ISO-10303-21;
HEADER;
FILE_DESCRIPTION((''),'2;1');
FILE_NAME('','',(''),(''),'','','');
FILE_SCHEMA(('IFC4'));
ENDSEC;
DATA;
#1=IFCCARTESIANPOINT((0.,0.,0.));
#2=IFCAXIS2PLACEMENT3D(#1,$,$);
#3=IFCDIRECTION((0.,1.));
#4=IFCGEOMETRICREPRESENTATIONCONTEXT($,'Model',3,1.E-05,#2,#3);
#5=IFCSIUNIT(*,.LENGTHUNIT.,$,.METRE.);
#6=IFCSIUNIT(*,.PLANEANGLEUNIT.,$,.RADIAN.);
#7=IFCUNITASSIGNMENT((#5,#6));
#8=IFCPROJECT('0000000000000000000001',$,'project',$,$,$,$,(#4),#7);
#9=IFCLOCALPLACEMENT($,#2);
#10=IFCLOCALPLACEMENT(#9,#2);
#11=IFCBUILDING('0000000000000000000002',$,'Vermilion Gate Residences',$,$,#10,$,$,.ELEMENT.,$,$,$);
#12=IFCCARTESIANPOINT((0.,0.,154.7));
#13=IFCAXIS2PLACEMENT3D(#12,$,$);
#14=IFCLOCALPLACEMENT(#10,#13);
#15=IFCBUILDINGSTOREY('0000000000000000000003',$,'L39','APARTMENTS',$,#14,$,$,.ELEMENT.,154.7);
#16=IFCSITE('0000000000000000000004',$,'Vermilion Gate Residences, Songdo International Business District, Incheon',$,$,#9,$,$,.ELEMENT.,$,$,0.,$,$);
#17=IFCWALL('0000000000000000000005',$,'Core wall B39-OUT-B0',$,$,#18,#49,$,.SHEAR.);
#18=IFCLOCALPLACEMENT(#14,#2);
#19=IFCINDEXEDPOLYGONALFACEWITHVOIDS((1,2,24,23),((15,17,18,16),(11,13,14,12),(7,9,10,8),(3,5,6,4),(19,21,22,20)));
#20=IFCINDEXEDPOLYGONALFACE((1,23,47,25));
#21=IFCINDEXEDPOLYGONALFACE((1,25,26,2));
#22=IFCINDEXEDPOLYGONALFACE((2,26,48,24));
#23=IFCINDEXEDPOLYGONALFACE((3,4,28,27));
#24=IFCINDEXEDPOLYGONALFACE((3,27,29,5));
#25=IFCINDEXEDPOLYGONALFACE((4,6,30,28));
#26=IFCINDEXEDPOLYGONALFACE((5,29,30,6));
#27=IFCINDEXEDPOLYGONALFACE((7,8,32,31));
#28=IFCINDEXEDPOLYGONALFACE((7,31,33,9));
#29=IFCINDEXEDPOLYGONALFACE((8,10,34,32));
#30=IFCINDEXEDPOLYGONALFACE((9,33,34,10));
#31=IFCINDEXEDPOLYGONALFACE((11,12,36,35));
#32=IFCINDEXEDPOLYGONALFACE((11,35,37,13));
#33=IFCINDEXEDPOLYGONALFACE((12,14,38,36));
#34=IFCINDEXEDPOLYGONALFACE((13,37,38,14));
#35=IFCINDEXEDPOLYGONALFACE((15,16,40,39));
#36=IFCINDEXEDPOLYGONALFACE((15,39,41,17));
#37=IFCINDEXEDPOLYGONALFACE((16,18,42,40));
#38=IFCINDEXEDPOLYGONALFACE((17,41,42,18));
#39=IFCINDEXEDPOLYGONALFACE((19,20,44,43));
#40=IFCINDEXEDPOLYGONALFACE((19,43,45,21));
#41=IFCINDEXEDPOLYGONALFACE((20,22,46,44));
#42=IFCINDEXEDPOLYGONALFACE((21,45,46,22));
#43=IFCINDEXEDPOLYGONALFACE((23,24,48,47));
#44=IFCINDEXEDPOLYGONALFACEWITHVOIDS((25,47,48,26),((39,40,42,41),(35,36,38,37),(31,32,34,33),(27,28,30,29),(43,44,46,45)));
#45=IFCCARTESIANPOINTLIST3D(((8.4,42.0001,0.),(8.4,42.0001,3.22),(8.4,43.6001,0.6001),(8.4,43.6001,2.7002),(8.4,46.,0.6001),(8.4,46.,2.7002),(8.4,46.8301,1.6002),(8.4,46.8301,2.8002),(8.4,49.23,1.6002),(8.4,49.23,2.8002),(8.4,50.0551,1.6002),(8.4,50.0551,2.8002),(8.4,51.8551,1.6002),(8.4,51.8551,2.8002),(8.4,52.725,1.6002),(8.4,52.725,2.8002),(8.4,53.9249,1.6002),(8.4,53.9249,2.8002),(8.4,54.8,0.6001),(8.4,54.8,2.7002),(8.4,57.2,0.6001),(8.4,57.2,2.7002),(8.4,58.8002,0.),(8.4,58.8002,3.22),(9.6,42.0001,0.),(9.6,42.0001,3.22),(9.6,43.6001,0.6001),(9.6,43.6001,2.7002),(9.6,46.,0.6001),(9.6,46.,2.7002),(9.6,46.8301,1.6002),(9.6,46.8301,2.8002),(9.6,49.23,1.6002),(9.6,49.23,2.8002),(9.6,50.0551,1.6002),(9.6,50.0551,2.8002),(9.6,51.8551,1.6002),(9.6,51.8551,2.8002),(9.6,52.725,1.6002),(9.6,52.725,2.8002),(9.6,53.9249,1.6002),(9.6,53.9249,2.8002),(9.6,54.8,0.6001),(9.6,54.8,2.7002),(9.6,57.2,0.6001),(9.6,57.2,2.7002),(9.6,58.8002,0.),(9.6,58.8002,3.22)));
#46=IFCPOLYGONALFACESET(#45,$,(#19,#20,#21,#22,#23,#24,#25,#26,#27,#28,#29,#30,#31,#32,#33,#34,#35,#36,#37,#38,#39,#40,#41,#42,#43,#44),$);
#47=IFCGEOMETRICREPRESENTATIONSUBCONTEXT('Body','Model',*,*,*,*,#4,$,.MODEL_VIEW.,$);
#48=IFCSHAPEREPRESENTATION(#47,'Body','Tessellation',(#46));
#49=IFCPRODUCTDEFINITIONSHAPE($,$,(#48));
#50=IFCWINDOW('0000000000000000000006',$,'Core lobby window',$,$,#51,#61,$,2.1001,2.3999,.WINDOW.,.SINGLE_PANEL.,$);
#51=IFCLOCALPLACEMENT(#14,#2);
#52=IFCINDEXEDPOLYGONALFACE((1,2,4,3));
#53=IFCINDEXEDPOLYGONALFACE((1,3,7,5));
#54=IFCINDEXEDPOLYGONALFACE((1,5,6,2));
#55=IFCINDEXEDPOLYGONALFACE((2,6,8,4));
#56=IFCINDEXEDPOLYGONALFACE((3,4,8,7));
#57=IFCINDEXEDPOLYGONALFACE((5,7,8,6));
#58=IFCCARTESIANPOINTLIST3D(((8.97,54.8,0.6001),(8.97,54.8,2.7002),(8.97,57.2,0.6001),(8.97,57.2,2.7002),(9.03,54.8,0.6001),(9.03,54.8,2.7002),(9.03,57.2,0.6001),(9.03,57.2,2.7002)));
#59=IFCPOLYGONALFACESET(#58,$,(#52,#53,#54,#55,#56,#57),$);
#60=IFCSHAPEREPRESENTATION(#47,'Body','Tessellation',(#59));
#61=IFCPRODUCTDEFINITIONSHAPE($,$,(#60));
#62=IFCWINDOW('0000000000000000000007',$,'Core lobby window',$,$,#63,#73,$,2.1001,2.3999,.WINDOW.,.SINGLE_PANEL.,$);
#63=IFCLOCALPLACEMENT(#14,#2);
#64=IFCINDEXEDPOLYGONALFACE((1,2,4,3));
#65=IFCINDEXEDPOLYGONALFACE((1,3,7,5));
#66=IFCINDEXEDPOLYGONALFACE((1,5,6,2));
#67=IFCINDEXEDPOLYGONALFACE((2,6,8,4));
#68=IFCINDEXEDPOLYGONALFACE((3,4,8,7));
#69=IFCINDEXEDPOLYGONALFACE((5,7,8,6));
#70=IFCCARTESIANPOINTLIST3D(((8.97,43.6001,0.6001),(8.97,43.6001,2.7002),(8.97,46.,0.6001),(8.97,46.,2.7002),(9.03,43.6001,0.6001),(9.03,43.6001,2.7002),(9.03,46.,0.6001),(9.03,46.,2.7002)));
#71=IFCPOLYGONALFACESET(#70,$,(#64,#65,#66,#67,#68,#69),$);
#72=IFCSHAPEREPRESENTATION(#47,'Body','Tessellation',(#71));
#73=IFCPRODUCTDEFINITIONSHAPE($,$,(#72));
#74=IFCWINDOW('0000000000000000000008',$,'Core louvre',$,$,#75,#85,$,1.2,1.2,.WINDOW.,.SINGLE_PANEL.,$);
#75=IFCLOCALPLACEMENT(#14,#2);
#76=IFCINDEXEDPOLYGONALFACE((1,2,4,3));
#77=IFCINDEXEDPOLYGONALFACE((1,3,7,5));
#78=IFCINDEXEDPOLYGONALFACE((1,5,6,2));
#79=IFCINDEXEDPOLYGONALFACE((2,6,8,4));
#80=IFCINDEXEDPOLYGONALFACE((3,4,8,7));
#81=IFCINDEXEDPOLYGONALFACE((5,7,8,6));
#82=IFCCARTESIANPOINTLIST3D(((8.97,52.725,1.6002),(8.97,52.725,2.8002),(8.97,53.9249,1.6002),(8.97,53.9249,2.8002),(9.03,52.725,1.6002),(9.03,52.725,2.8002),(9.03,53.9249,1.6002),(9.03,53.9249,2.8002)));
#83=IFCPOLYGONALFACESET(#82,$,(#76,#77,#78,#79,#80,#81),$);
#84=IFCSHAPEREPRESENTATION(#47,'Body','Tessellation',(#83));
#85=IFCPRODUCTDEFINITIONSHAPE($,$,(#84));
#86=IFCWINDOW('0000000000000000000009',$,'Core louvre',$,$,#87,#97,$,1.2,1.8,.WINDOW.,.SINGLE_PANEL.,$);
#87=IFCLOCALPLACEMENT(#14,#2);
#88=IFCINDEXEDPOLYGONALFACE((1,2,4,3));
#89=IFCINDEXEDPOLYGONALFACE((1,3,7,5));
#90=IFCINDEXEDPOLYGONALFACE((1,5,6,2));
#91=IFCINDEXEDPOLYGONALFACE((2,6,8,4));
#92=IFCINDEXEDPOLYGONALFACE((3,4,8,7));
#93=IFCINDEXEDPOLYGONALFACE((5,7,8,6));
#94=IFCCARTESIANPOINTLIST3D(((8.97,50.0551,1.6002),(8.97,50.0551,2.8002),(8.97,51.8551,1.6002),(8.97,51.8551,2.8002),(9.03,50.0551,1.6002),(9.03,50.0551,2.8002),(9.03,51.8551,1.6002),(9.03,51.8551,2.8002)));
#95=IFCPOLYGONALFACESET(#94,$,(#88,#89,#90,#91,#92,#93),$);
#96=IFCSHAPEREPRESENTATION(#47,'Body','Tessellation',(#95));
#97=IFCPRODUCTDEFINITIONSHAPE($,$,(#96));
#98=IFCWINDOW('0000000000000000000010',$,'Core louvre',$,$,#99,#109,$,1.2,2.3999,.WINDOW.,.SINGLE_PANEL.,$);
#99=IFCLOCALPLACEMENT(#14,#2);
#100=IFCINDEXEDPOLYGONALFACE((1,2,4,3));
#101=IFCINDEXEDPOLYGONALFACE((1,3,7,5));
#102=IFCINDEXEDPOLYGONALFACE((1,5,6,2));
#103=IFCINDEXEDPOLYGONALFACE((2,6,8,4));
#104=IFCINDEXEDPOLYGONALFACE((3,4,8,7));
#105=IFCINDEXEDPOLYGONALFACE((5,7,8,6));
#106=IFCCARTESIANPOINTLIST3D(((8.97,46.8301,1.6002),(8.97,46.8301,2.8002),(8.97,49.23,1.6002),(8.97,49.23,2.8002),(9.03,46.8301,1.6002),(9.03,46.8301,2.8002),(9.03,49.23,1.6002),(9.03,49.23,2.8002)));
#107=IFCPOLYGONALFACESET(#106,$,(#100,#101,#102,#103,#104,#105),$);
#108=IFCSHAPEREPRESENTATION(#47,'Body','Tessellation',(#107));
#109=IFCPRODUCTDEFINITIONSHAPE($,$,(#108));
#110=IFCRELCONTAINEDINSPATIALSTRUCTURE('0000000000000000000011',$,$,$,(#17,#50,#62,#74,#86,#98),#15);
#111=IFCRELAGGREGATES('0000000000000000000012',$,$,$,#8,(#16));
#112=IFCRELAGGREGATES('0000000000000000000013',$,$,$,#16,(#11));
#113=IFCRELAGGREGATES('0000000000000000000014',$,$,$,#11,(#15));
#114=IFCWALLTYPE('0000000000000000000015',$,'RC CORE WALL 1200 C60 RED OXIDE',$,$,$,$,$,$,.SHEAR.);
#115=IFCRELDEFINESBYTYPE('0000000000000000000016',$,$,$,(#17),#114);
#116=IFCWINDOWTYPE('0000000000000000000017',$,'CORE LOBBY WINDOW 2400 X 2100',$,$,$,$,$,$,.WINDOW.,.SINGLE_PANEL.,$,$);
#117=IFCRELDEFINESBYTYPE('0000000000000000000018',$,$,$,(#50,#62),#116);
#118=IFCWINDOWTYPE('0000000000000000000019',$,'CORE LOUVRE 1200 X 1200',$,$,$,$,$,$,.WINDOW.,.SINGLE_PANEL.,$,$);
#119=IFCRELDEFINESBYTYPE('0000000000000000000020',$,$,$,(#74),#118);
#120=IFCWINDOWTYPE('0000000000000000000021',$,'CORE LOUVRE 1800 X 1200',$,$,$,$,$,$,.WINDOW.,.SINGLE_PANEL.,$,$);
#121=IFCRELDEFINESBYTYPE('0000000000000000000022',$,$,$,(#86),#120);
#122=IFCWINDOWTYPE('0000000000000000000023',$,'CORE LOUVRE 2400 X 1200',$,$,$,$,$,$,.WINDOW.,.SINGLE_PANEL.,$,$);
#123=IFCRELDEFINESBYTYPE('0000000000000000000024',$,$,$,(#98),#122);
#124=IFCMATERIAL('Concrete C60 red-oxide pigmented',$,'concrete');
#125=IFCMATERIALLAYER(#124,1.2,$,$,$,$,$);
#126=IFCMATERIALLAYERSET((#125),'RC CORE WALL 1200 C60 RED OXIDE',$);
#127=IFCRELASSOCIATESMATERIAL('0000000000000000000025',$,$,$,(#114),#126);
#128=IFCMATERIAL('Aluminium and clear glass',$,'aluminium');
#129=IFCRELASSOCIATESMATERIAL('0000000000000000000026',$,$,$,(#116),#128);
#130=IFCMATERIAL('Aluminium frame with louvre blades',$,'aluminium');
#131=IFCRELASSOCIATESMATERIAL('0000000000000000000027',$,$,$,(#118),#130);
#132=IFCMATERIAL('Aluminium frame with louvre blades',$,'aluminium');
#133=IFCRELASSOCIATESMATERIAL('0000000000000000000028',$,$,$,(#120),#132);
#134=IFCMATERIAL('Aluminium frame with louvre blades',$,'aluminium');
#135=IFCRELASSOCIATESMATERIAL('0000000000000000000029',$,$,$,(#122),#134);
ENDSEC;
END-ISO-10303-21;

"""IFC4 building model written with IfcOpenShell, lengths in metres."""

from ifc_helpers import new_model, si_unit, direction, frame, frame_2d, origin, place, context, subcontext, project, spatial, rectangle, extrude, material, layer, layer_set, type_object, element, fill, save


model = new_model("IFC4")

# Units and contexts
model_context = context("Model", 3, precision=1e-05, world=origin(), true_north=direction((0.0, 1.0)))
body_context = subcontext(model_context, "Body", "Model", "MODEL_VIEW")
ifc_project = project(units=[si_unit("LENGTHUNIT", "METRE"), si_unit("PLANEANGLEUNIT", "RADIAN")], contexts=[model_context])

# Site, building, storey
site_placement = place(None, origin())
site = spatial("IfcSite", under=ifc_project, at=site_placement, Name="Vermilion Gate Residences, Songdo International Business District, Incheon", CompositionType="ELEMENT", RefElevation=0.0)
building_placement = place(site_placement, origin())
building = spatial("IfcBuilding", under=site, at=building_placement, Name="Vermilion Gate Residences", CompositionType="ELEMENT")
storey_placement = place(building_placement, frame((0.0, 0.0, 154.7)))
storey = spatial("IfcBuildingStorey", under=building, at=storey_placement, Name="L39", Description="APARTMENTS", CompositionType="ELEMENT", Elevation=154.7)

# Wall, openings, windows
ifc_material_1 = material(Name="Concrete C60 red-oxide pigmented", Category="concrete")
ifc_layer_1 = layer(ifc_material_1, 1.2)
ifc_layer_set_1 = layer_set([ifc_layer_1], Name="RC CORE WALL 1200 C60 RED OXIDE")
wall_type_1 = type_object("IfcWallType", Name="RC CORE WALL 1200 C60 RED OXIDE", PredefinedType="SHEAR", material=ifc_layer_set_1)
wall_1_placement = place(storey_placement, frame((9.0, 58.8, 0.0), z_axis=(0.0, 0.0, 1.0), x_axis=(0.0, -1.0, 0.0)))
wall_1 = element("IfcWall", 1, at=wall_1_placement, inside=storey, type_object=wall_type_1, Name="Core wall B39-OUT-B0", PredefinedType="SHEAR", context=body_context, shape_type="SweptSolid", body=[
    extrude(rectangle(XDim=16.8, YDim=1.2, at=frame_2d((8.3999, 0.0))), origin(), (0.0, 0.0, 1.0), 3.22),
])
opening_1_placement = place(wall_1_placement, frame((1.6001, 0.0, 0.6001)))
opening_1 = element("IfcOpeningElement", 2, at=opening_1_placement, cuts=wall_1, PredefinedType="OPENING", context=body_context, shape_type="SweptSolid", body=[
    extrude(rectangle(XDim=2.3999, YDim=2.1001, at=frame_2d((1.2, 1.05))), frame((0.0, 0.6099, 0.0), z_axis=(0.0, -1.0, 0.0), x_axis=(1.0, 0.0, 0.0)), (0.0, 0.0, 1.0), 1.22),
])
opening_2_placement = place(wall_1_placement, frame((4.875, 0.0, 1.6001)))
opening_2 = element("IfcOpeningElement", 3, at=opening_2_placement, cuts=wall_1, PredefinedType="OPENING", context=body_context, shape_type="SweptSolid", body=[
    extrude(rectangle(XDim=1.2, YDim=1.2, at=frame_2d((0.6001, 0.6001))), frame((0.0, 0.6099, 0.0), z_axis=(0.0, -1.0, 0.0), x_axis=(1.0, 0.0, 0.0)), (0.0, 0.0, 1.0), 1.22),
])
opening_3_placement = place(wall_1_placement, frame((6.9451, 0.0, 1.6001)))
opening_3 = element("IfcOpeningElement", 4, at=opening_3_placement, cuts=wall_1, PredefinedType="OPENING", context=body_context, shape_type="SweptSolid", body=[
    extrude(rectangle(XDim=1.8, YDim=1.2, at=frame_2d((0.8999, 0.6001))), frame((0.0, 0.6099, 0.0), z_axis=(0.0, -1.0, 0.0), x_axis=(1.0, 0.0, 0.0)), (0.0, 0.0, 1.0), 1.22),
])
opening_4_placement = place(wall_1_placement, frame((9.5701, 0.0, 1.6001)))
opening_4 = element("IfcOpeningElement", 5, at=opening_4_placement, cuts=wall_1, PredefinedType="OPENING", context=body_context, shape_type="SweptSolid", body=[
    extrude(rectangle(XDim=2.3999, YDim=1.2, at=frame_2d((1.2, 0.6001))), frame((0.0, 0.6099, 0.0), z_axis=(0.0, -1.0, 0.0), x_axis=(1.0, 0.0, 0.0)), (0.0, 0.0, 1.0), 1.22),
])
opening_5_placement = place(wall_1_placement, frame((12.8, 0.0, 0.6001)))
opening_5 = element("IfcOpeningElement", 6, at=opening_5_placement, cuts=wall_1, PredefinedType="OPENING", context=body_context, shape_type="SweptSolid", body=[
    extrude(rectangle(XDim=2.3999, YDim=2.1001, at=frame_2d((1.2, 1.05))), frame((0.0, 0.6099, 0.0), z_axis=(0.0, -1.0, 0.0), x_axis=(1.0, 0.0, 0.0)), (0.0, 0.0, 1.0), 1.22),
])
ifc_material_2 = material(Name="Aluminium and clear glass", Category="aluminium")
window_type_1 = type_object("IfcWindowType", Name="CORE LOBBY WINDOW 2400 X 2100", PartitioningType="SINGLE_PANEL", PredefinedType="WINDOW", material=ifc_material_2)
window_1_placement = place(opening_1_placement, origin())
window_1 = element("IfcWindow", 7, at=window_1_placement, inside=storey, type_object=window_type_1, Name="Core lobby window", OverallHeight=2.1001, OverallWidth=2.3999, PartitioningType="SINGLE_PANEL", PredefinedType="WINDOW", context=body_context, shape_type="SweptSolid", body=[
    extrude(rectangle(XDim=2.3999, YDim=2.1001, at=frame_2d((1.2, 1.05))), frame((0.0, 0.03, 0.0), z_axis=(0.0, -1.0, 0.0), x_axis=(1.0, 0.0, 0.0)), (0.0, 0.0, 1.0), 0.0601),
])
fill(opening_1, window_1)
window_2_placement = place(opening_5_placement, origin())
window_2 = element("IfcWindow", 8, at=window_2_placement, inside=storey, type_object=window_type_1, Name="Core lobby window", OverallHeight=2.1001, OverallWidth=2.3999, PartitioningType="SINGLE_PANEL", PredefinedType="WINDOW", context=body_context, shape_type="SweptSolid", body=[
    extrude(rectangle(XDim=2.3999, YDim=2.1001, at=frame_2d((1.2, 1.05))), frame((0.0, 0.03, 0.0), z_axis=(0.0, -1.0, 0.0), x_axis=(1.0, 0.0, 0.0)), (0.0, 0.0, 1.0), 0.0601),
])
fill(opening_5, window_2)
ifc_material_3 = material(Name="Aluminium frame with louvre blades", Category="aluminium")
window_type_2 = type_object("IfcWindowType", Name="CORE LOUVRE 1200 X 1200", PartitioningType="SINGLE_PANEL", PredefinedType="WINDOW", material=ifc_material_3)
window_3_placement = place(opening_2_placement, origin())
window_3 = element("IfcWindow", 9, at=window_3_placement, inside=storey, type_object=window_type_2, Name="Core louvre", OverallHeight=1.2, OverallWidth=1.2, PartitioningType="SINGLE_PANEL", PredefinedType="WINDOW", context=body_context, shape_type="SweptSolid", body=[
    extrude(rectangle(XDim=1.2, YDim=1.2, at=frame_2d((0.6001, 0.6001))), frame((0.0, 0.03, 0.0), z_axis=(0.0, -1.0, 0.0), x_axis=(1.0, 0.0, 0.0)), (0.0, 0.0, 1.0), 0.0601),
])
fill(opening_2, window_3)
ifc_material_4 = material(Name="Aluminium frame with louvre blades", Category="aluminium")
window_type_3 = type_object("IfcWindowType", Name="CORE LOUVRE 1800 X 1200", PartitioningType="SINGLE_PANEL", PredefinedType="WINDOW", material=ifc_material_4)
window_4_placement = place(opening_3_placement, origin())
window_4 = element("IfcWindow", 10, at=window_4_placement, inside=storey, type_object=window_type_3, Name="Core louvre", OverallHeight=1.2, OverallWidth=1.8, PartitioningType="SINGLE_PANEL", PredefinedType="WINDOW", context=body_context, shape_type="SweptSolid", body=[
    extrude(rectangle(XDim=1.8, YDim=1.2, at=frame_2d((0.8999, 0.6001))), frame((0.0, 0.03, 0.0), z_axis=(0.0, -1.0, 0.0), x_axis=(1.0, 0.0, 0.0)), (0.0, 0.0, 1.0), 0.0601),
])
fill(opening_3, window_4)
ifc_material_5 = material(Name="Aluminium frame with louvre blades", Category="aluminium")
window_type_4 = type_object("IfcWindowType", Name="CORE LOUVRE 2400 X 1200", PartitioningType="SINGLE_PANEL", PredefinedType="WINDOW", material=ifc_material_5)
window_5_placement = place(opening_4_placement, origin())
window_5 = element("IfcWindow", 11, at=window_5_placement, inside=storey, type_object=window_type_4, Name="Core louvre", OverallHeight=1.2, OverallWidth=2.3999, PartitioningType="SINGLE_PANEL", PredefinedType="WINDOW", context=body_context, shape_type="SweptSolid", body=[
    extrude(rectangle(XDim=2.3999, YDim=1.2, at=frame_2d((1.2, 0.6001))), frame((0.0, 0.03, 0.0), z_axis=(0.0, -1.0, 0.0), x_axis=(1.0, 0.0, 0.0)), (0.0, 0.0, 1.0), 0.0601),
])
fill(opening_4, window_5)

save(model, "model.ifc")
